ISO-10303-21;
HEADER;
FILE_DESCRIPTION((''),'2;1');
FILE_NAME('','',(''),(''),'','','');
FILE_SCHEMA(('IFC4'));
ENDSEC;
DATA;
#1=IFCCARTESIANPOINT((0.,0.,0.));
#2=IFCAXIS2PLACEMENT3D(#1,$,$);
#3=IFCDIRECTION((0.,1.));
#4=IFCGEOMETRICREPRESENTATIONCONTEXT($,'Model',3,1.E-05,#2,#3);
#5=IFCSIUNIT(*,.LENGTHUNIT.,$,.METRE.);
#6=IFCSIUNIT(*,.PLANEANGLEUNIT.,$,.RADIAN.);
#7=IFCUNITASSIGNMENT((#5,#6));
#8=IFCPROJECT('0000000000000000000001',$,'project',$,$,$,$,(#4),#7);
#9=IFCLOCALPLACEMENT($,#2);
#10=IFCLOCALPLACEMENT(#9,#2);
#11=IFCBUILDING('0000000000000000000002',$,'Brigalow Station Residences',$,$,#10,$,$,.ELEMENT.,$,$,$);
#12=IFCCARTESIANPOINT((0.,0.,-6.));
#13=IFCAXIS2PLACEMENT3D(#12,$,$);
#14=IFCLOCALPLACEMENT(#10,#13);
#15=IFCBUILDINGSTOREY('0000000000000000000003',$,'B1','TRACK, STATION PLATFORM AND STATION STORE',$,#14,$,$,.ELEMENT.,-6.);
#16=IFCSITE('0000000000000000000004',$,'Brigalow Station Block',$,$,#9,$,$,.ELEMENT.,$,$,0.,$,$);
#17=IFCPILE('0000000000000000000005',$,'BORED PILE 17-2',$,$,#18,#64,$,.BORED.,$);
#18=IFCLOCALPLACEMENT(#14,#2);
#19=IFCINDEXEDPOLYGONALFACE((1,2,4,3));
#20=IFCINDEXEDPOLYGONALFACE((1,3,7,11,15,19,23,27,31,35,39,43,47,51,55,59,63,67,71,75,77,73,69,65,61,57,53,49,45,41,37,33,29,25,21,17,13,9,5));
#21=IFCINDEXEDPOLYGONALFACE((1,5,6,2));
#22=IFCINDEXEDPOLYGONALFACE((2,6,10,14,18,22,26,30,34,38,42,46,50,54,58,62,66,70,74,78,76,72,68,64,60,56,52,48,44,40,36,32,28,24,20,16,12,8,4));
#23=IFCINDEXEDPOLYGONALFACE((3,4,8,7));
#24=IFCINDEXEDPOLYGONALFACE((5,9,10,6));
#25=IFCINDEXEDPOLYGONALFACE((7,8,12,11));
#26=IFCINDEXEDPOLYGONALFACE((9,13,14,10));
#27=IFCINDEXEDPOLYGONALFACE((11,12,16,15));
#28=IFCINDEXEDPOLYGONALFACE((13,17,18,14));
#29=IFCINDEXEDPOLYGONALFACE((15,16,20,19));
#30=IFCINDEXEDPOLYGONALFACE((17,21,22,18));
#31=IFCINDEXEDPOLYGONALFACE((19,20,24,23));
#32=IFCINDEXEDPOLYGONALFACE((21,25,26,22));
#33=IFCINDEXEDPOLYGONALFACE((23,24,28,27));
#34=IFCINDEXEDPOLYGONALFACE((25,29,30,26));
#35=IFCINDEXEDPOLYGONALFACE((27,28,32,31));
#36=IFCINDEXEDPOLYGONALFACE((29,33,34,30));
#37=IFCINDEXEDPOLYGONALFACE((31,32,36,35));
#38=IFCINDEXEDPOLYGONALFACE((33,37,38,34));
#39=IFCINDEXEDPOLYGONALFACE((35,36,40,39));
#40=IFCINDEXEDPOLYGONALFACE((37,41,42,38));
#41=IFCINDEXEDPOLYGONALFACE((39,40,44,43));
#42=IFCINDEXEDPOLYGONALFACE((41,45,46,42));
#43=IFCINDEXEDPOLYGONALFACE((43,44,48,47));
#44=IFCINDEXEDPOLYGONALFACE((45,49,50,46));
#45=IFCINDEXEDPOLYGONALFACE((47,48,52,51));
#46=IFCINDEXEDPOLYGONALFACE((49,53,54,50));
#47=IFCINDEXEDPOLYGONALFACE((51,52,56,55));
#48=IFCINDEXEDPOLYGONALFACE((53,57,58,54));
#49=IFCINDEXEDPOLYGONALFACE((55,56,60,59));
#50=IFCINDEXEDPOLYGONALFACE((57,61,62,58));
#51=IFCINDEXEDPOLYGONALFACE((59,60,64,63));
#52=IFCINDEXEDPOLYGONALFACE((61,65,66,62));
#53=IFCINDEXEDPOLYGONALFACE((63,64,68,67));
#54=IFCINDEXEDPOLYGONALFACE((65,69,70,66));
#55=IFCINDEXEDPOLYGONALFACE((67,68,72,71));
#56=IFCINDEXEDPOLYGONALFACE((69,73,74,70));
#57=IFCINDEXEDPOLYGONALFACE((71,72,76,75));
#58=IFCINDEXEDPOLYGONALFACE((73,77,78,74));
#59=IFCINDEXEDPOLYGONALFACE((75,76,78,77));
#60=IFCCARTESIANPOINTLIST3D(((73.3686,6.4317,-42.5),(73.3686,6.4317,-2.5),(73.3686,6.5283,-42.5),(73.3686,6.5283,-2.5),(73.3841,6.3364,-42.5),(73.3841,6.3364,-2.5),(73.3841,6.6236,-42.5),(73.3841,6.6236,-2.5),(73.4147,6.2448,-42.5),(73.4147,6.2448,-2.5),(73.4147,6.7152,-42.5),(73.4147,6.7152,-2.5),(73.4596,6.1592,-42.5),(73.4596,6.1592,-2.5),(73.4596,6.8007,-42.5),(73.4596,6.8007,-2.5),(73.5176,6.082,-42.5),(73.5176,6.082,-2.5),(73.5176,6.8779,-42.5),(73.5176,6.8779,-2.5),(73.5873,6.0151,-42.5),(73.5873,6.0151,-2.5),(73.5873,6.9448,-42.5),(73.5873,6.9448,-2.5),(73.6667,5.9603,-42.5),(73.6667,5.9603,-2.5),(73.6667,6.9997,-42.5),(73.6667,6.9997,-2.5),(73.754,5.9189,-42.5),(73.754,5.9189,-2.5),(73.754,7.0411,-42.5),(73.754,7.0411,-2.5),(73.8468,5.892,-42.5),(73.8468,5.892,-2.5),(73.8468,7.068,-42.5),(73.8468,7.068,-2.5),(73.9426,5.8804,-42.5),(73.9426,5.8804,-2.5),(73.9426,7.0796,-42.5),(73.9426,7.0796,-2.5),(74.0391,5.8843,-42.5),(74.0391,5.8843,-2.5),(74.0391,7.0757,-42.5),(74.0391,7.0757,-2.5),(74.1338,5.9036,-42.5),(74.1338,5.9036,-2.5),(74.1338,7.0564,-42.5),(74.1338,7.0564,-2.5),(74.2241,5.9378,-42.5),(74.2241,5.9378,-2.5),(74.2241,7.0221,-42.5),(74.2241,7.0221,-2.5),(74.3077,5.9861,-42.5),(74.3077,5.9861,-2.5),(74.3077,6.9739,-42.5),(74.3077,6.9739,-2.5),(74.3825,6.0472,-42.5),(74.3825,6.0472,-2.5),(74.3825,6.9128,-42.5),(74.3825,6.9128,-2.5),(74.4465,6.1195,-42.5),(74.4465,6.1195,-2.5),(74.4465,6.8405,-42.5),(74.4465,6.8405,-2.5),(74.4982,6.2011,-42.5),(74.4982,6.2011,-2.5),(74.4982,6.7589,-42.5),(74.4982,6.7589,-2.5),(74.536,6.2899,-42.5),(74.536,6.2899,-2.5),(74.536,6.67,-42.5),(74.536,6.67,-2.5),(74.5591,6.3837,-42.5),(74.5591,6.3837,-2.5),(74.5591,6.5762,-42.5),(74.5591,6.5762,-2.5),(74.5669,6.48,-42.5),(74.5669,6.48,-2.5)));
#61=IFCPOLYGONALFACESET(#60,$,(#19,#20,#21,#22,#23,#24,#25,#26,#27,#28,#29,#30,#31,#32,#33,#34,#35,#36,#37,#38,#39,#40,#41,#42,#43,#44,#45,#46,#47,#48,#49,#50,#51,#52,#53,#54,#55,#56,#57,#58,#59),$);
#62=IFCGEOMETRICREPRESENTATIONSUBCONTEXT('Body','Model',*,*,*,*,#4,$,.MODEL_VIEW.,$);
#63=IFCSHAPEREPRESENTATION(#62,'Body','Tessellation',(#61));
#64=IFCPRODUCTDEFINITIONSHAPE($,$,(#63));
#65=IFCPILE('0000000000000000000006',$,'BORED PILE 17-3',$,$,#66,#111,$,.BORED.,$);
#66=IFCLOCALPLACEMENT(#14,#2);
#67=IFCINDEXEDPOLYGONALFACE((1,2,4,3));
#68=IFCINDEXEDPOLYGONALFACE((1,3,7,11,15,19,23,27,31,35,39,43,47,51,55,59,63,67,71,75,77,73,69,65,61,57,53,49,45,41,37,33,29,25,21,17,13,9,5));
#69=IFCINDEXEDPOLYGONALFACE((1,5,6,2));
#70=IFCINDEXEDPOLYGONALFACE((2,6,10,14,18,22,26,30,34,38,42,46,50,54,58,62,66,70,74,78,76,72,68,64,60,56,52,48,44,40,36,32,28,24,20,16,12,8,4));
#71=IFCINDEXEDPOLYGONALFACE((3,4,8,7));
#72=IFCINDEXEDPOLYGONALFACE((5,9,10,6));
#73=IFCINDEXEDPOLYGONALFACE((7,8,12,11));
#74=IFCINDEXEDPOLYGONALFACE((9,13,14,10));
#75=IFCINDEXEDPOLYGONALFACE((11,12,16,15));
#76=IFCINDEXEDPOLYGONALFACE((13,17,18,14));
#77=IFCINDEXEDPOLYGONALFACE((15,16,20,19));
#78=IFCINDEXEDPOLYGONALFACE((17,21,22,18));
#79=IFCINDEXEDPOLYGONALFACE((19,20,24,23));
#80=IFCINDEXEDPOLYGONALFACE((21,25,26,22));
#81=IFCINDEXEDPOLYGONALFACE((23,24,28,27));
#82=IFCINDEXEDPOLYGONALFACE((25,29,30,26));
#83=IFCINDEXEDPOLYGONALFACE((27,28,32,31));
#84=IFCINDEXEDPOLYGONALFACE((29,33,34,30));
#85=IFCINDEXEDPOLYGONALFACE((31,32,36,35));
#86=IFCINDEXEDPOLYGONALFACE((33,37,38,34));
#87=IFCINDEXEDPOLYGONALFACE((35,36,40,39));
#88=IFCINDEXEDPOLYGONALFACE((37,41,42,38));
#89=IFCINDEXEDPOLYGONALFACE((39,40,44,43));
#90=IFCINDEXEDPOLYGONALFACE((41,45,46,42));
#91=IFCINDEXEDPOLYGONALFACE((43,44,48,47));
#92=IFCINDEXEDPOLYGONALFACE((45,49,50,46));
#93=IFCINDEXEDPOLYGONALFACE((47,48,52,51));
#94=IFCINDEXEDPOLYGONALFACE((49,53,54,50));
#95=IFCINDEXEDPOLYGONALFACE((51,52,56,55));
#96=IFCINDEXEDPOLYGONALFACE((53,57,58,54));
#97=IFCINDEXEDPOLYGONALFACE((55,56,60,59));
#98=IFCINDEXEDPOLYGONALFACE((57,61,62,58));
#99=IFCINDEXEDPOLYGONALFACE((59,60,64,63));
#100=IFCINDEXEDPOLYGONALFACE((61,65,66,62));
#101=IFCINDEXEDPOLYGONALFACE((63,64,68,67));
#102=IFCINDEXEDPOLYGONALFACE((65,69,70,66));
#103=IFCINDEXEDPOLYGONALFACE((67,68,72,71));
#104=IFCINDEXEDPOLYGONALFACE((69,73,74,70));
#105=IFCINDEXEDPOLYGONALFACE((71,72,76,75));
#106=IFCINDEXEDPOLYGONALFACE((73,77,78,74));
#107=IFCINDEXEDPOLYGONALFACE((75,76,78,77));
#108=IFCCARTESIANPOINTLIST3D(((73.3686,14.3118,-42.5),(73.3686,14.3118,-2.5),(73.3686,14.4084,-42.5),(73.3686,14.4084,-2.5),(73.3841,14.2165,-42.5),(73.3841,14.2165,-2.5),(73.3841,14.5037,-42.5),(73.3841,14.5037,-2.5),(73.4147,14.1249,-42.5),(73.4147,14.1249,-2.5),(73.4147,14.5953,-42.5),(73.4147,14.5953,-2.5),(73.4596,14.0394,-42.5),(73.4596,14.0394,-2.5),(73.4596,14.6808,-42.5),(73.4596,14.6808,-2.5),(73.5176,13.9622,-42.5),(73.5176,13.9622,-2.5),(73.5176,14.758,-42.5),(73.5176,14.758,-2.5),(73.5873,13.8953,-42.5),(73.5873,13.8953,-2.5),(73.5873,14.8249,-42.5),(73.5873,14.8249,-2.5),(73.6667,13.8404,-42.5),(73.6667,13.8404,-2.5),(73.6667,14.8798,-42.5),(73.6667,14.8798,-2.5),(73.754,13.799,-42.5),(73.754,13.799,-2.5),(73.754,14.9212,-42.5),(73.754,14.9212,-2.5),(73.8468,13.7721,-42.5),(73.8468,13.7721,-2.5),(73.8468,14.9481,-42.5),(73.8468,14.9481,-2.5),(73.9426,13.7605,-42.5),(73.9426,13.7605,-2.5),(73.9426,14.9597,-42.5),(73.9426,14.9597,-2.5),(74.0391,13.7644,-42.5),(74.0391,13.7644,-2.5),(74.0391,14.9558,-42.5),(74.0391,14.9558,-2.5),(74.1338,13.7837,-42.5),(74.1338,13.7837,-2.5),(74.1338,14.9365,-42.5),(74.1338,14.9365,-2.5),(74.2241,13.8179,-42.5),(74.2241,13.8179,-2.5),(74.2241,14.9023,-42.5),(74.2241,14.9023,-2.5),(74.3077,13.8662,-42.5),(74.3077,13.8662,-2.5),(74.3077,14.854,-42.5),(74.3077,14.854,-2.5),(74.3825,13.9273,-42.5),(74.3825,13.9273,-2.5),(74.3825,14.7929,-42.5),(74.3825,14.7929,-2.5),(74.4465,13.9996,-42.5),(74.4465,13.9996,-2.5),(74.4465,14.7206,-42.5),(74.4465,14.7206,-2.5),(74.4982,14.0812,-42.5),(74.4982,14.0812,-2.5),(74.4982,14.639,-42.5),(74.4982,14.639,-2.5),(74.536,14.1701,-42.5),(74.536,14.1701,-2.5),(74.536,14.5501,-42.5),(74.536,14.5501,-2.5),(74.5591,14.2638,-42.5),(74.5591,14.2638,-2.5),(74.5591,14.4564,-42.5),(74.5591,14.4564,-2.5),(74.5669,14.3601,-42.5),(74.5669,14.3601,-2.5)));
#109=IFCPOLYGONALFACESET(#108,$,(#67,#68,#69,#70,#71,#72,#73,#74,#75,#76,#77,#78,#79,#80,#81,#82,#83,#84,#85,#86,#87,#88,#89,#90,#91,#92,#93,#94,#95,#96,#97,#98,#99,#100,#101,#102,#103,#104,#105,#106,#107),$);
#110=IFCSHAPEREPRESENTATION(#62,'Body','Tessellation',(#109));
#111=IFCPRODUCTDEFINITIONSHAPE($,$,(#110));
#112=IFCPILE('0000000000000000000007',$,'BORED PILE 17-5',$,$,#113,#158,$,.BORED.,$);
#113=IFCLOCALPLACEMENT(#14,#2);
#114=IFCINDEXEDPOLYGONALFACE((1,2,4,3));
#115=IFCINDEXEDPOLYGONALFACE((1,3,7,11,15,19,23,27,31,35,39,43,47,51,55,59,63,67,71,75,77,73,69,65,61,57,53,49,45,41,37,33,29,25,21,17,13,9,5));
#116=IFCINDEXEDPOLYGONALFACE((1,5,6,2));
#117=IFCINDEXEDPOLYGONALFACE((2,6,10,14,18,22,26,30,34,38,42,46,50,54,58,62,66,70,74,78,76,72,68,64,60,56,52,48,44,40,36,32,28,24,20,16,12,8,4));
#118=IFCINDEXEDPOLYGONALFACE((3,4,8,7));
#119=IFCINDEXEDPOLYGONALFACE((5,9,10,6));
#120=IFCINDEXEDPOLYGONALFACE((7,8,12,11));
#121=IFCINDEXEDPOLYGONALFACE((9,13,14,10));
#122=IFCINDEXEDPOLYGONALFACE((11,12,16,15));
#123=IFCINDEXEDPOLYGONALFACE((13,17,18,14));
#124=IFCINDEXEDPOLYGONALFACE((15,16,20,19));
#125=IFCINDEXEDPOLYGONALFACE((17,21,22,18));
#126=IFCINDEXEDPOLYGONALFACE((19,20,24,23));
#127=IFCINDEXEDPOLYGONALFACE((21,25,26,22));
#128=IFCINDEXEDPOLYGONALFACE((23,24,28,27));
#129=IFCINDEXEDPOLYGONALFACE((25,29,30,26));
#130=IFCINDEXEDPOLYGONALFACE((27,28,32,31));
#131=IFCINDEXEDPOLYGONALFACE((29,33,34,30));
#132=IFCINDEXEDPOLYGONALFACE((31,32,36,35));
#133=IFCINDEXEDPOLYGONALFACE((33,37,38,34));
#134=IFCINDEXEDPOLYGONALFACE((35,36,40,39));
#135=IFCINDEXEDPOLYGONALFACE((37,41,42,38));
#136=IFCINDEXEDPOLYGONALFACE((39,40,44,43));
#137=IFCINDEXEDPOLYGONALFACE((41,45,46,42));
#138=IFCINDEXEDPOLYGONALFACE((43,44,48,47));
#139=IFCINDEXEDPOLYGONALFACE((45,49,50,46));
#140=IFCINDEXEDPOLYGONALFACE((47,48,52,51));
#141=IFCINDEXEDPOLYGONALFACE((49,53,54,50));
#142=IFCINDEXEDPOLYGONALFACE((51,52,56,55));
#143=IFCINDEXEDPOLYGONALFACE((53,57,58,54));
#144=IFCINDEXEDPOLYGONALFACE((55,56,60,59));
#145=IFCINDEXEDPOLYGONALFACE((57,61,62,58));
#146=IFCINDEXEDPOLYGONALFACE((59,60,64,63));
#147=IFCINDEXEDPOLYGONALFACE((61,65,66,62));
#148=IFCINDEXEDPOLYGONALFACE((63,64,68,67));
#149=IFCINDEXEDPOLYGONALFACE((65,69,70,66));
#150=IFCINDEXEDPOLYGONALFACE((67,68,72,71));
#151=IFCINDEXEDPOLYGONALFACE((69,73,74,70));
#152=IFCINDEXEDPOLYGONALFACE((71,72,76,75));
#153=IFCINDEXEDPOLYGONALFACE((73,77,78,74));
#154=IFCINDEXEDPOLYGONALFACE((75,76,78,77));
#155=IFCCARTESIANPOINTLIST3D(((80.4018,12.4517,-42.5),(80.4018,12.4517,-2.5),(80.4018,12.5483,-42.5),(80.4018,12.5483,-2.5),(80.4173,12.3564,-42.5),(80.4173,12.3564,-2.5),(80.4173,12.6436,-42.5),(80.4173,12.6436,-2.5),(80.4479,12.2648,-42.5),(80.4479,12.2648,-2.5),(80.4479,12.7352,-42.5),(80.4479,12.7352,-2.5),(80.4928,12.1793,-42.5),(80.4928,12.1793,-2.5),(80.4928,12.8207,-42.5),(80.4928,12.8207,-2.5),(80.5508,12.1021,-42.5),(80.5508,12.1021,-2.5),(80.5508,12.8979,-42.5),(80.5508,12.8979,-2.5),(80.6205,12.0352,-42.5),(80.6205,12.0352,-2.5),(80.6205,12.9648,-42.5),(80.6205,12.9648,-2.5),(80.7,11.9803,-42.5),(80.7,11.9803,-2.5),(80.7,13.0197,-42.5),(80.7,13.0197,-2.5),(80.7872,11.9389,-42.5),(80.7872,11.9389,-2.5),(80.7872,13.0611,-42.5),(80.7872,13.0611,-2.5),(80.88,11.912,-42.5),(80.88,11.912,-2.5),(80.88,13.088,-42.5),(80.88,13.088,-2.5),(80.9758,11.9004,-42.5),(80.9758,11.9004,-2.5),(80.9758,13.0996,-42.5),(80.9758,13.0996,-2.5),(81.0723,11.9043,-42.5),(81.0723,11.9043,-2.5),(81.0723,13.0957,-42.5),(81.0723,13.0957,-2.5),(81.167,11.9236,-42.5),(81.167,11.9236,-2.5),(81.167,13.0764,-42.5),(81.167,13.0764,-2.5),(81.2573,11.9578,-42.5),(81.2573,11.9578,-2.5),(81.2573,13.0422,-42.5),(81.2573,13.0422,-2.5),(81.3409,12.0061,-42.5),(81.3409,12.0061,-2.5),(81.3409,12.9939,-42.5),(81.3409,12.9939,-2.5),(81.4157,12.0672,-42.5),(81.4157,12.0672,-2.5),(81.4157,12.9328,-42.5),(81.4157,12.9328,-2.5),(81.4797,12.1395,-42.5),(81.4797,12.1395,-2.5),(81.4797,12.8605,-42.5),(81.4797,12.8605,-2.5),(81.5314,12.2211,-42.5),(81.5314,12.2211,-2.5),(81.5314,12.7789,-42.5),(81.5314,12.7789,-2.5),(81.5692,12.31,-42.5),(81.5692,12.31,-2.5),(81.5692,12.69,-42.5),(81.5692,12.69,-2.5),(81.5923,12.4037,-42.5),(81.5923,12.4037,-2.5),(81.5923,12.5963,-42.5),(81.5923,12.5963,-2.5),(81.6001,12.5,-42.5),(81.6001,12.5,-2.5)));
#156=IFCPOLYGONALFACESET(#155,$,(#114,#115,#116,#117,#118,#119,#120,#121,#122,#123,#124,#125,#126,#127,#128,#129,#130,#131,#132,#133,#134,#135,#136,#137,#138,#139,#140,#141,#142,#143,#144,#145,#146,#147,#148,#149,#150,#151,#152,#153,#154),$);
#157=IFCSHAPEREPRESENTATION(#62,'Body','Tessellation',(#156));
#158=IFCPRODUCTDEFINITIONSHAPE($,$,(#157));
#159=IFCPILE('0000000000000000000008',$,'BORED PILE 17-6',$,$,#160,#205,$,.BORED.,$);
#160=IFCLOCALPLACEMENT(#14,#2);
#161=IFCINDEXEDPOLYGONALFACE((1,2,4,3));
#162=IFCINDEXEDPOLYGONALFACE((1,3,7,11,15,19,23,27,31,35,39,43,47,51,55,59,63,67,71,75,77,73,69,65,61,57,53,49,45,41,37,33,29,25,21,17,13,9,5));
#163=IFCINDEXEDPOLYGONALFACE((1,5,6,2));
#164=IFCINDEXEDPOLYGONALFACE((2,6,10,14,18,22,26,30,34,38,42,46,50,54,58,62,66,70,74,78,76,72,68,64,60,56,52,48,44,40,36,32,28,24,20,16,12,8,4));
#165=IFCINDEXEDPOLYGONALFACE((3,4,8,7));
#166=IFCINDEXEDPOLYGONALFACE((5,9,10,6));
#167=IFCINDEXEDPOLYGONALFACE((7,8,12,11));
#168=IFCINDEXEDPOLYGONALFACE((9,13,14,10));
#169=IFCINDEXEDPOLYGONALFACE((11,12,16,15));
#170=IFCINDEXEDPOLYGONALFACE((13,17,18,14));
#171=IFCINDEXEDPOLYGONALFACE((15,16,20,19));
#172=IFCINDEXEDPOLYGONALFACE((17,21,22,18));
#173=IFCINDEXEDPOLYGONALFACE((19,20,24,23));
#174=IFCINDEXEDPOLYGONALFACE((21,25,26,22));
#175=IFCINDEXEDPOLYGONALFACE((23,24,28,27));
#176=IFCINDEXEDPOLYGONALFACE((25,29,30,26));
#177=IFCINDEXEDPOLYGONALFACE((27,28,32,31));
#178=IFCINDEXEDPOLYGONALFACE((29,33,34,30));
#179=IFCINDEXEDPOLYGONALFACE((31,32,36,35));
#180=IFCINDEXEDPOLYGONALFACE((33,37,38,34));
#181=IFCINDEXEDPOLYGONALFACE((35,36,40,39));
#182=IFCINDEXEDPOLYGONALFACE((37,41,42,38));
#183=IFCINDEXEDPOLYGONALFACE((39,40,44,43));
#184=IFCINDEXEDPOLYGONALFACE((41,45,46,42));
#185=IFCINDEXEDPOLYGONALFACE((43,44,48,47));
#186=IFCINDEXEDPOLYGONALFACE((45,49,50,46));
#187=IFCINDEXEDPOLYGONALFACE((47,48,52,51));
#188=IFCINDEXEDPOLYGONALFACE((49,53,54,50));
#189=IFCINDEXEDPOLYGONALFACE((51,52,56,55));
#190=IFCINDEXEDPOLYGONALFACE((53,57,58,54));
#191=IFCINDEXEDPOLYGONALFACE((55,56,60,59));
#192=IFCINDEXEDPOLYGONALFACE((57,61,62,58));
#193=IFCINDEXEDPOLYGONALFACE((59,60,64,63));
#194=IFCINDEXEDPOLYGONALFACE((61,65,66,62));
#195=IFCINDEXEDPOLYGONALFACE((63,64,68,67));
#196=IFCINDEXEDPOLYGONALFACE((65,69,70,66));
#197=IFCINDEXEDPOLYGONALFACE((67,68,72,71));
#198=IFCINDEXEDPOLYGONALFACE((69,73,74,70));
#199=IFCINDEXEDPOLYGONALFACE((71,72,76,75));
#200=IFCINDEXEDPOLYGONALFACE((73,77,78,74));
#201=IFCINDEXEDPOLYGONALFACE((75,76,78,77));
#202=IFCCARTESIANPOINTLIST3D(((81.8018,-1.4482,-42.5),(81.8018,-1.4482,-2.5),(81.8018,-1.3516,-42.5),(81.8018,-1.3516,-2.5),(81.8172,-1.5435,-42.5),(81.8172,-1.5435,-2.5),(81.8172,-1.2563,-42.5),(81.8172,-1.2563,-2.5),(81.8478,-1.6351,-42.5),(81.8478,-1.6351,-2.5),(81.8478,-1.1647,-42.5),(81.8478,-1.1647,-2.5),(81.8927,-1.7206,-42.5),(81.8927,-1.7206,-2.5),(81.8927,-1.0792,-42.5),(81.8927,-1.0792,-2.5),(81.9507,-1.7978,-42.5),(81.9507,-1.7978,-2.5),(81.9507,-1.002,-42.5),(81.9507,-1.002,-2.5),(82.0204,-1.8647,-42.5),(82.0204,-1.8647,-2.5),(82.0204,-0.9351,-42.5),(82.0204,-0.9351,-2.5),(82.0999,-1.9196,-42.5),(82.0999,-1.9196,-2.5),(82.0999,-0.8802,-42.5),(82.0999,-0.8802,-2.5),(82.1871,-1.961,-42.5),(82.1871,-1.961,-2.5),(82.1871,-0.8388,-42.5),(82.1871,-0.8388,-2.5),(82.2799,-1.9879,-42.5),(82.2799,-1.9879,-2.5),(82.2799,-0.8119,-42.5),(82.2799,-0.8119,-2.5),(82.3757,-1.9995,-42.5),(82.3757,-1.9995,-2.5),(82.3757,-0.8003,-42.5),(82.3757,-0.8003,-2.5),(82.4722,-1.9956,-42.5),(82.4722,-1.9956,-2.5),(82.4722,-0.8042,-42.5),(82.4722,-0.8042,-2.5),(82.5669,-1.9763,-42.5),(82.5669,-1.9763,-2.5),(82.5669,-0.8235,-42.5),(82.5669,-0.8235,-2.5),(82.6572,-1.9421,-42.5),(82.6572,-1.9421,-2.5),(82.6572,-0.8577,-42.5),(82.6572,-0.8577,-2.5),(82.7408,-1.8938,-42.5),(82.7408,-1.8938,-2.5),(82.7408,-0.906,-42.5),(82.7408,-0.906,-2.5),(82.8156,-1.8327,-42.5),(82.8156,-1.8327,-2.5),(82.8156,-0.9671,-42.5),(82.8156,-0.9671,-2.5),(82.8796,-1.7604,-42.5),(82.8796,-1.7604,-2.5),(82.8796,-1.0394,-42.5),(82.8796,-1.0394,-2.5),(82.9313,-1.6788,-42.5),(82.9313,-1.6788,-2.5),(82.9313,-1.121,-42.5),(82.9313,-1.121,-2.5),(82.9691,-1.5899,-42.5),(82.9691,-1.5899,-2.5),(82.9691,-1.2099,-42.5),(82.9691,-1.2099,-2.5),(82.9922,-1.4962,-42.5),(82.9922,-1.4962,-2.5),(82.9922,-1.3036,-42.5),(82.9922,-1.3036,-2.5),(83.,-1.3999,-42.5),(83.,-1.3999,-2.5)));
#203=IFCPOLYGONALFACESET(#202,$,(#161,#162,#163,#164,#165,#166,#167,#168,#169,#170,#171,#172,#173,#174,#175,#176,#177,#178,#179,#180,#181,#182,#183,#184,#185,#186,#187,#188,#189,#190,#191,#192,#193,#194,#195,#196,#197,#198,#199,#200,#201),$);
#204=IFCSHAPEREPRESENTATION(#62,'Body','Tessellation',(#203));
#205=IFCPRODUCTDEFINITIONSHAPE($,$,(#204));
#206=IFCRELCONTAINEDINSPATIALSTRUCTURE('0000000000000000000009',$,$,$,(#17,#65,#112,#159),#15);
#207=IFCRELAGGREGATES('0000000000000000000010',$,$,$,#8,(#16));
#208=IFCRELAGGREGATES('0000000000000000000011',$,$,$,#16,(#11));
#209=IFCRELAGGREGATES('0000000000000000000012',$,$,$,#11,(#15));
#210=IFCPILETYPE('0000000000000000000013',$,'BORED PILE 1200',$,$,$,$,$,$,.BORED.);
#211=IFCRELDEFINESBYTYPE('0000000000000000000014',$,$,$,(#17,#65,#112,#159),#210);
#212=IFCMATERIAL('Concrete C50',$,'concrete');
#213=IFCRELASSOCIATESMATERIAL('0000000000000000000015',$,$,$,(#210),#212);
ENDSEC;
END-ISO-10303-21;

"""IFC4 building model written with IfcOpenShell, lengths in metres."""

from ifc_helpers import new_model, si_unit, direction, frame, origin, origin_2d, place, context, subcontext, project, spatial, circle, extrude, material, material_profile, profile_set, type_object, element, save


model = new_model("IFC4")

# Units and contexts
model_context = context("Model", 3, precision=1e-05, world=origin(), true_north=direction((0.0, 1.0)))
body_context = subcontext(model_context, "Body", "Model", "MODEL_VIEW")
ifc_project = project(units=[si_unit("LENGTHUNIT", "METRE"), si_unit("PLANEANGLEUNIT", "RADIAN")], contexts=[model_context])

# Site, building, storey
site_placement = place(None, origin())
site = spatial("IfcSite", under=ifc_project, at=site_placement, Name="Brigalow Station Block", CompositionType="ELEMENT", RefElevation=0.0)
building_placement = place(site_placement, origin())
building = spatial("IfcBuilding", under=site, at=building_placement, Name="Brigalow Station Residences", CompositionType="ELEMENT")
storey_placement = place(building_placement, frame((0.0, 0.0, -6.0)))
storey = spatial("IfcBuildingStorey", under=building, at=storey_placement, Name="B1", Description="TRACK, STATION PLATFORM AND STATION STORE", CompositionType="ELEMENT", Elevation=-6.0)

# Piles
ifc_material_1 = material(Name="Concrete C50", Category="concrete")
ifc_material_profile_1 = material_profile(ifc_material_1, circle(Radius=0.6001, at=origin_2d()), Name="BP1200")
ifc_profile_set_1 = profile_set([ifc_material_profile_1], Name="Concrete C50")
pile_type_1 = type_object("IfcPileType", Name="BORED PILE 1200", PredefinedType="BORED", material=ifc_profile_set_1)
for number, where, z_axis, x_axis, name in (
    (1, (73.9668, 6.48, -2.5), (0.0, 0.0, -1.0), (1.0, 0.0, 0.0), "BORED PILE 17-2"),
    (2, (73.9668, 14.3601, -2.5), (0.0, 0.0, -1.0), (1.0, 0.0, 0.0), "BORED PILE 17-3"),
    (3, (81.0, 12.5, -2.5), (0.0, 0.0, -1.0), (1.0, 0.0, 0.0), "BORED PILE 17-5"),
    (4, (82.3999, -1.3999, -2.5), (0.0, 0.0, -1.0), (1.0, 0.0, 0.0), "BORED PILE 17-6"),
):
    element("IfcPile", number, at=place(storey_placement, frame(where, z_axis=z_axis, x_axis=x_axis)), inside=storey, type_object=pile_type_1, Name=name, PredefinedType="BORED", context=body_context, shape_type="SweptSolid", body=[
        extrude(circle(Radius=0.6001, at=origin_2d()), origin(), (0.0, 0.0, 1.0), 40.0),
    ])

save(model, "model.ifc")
